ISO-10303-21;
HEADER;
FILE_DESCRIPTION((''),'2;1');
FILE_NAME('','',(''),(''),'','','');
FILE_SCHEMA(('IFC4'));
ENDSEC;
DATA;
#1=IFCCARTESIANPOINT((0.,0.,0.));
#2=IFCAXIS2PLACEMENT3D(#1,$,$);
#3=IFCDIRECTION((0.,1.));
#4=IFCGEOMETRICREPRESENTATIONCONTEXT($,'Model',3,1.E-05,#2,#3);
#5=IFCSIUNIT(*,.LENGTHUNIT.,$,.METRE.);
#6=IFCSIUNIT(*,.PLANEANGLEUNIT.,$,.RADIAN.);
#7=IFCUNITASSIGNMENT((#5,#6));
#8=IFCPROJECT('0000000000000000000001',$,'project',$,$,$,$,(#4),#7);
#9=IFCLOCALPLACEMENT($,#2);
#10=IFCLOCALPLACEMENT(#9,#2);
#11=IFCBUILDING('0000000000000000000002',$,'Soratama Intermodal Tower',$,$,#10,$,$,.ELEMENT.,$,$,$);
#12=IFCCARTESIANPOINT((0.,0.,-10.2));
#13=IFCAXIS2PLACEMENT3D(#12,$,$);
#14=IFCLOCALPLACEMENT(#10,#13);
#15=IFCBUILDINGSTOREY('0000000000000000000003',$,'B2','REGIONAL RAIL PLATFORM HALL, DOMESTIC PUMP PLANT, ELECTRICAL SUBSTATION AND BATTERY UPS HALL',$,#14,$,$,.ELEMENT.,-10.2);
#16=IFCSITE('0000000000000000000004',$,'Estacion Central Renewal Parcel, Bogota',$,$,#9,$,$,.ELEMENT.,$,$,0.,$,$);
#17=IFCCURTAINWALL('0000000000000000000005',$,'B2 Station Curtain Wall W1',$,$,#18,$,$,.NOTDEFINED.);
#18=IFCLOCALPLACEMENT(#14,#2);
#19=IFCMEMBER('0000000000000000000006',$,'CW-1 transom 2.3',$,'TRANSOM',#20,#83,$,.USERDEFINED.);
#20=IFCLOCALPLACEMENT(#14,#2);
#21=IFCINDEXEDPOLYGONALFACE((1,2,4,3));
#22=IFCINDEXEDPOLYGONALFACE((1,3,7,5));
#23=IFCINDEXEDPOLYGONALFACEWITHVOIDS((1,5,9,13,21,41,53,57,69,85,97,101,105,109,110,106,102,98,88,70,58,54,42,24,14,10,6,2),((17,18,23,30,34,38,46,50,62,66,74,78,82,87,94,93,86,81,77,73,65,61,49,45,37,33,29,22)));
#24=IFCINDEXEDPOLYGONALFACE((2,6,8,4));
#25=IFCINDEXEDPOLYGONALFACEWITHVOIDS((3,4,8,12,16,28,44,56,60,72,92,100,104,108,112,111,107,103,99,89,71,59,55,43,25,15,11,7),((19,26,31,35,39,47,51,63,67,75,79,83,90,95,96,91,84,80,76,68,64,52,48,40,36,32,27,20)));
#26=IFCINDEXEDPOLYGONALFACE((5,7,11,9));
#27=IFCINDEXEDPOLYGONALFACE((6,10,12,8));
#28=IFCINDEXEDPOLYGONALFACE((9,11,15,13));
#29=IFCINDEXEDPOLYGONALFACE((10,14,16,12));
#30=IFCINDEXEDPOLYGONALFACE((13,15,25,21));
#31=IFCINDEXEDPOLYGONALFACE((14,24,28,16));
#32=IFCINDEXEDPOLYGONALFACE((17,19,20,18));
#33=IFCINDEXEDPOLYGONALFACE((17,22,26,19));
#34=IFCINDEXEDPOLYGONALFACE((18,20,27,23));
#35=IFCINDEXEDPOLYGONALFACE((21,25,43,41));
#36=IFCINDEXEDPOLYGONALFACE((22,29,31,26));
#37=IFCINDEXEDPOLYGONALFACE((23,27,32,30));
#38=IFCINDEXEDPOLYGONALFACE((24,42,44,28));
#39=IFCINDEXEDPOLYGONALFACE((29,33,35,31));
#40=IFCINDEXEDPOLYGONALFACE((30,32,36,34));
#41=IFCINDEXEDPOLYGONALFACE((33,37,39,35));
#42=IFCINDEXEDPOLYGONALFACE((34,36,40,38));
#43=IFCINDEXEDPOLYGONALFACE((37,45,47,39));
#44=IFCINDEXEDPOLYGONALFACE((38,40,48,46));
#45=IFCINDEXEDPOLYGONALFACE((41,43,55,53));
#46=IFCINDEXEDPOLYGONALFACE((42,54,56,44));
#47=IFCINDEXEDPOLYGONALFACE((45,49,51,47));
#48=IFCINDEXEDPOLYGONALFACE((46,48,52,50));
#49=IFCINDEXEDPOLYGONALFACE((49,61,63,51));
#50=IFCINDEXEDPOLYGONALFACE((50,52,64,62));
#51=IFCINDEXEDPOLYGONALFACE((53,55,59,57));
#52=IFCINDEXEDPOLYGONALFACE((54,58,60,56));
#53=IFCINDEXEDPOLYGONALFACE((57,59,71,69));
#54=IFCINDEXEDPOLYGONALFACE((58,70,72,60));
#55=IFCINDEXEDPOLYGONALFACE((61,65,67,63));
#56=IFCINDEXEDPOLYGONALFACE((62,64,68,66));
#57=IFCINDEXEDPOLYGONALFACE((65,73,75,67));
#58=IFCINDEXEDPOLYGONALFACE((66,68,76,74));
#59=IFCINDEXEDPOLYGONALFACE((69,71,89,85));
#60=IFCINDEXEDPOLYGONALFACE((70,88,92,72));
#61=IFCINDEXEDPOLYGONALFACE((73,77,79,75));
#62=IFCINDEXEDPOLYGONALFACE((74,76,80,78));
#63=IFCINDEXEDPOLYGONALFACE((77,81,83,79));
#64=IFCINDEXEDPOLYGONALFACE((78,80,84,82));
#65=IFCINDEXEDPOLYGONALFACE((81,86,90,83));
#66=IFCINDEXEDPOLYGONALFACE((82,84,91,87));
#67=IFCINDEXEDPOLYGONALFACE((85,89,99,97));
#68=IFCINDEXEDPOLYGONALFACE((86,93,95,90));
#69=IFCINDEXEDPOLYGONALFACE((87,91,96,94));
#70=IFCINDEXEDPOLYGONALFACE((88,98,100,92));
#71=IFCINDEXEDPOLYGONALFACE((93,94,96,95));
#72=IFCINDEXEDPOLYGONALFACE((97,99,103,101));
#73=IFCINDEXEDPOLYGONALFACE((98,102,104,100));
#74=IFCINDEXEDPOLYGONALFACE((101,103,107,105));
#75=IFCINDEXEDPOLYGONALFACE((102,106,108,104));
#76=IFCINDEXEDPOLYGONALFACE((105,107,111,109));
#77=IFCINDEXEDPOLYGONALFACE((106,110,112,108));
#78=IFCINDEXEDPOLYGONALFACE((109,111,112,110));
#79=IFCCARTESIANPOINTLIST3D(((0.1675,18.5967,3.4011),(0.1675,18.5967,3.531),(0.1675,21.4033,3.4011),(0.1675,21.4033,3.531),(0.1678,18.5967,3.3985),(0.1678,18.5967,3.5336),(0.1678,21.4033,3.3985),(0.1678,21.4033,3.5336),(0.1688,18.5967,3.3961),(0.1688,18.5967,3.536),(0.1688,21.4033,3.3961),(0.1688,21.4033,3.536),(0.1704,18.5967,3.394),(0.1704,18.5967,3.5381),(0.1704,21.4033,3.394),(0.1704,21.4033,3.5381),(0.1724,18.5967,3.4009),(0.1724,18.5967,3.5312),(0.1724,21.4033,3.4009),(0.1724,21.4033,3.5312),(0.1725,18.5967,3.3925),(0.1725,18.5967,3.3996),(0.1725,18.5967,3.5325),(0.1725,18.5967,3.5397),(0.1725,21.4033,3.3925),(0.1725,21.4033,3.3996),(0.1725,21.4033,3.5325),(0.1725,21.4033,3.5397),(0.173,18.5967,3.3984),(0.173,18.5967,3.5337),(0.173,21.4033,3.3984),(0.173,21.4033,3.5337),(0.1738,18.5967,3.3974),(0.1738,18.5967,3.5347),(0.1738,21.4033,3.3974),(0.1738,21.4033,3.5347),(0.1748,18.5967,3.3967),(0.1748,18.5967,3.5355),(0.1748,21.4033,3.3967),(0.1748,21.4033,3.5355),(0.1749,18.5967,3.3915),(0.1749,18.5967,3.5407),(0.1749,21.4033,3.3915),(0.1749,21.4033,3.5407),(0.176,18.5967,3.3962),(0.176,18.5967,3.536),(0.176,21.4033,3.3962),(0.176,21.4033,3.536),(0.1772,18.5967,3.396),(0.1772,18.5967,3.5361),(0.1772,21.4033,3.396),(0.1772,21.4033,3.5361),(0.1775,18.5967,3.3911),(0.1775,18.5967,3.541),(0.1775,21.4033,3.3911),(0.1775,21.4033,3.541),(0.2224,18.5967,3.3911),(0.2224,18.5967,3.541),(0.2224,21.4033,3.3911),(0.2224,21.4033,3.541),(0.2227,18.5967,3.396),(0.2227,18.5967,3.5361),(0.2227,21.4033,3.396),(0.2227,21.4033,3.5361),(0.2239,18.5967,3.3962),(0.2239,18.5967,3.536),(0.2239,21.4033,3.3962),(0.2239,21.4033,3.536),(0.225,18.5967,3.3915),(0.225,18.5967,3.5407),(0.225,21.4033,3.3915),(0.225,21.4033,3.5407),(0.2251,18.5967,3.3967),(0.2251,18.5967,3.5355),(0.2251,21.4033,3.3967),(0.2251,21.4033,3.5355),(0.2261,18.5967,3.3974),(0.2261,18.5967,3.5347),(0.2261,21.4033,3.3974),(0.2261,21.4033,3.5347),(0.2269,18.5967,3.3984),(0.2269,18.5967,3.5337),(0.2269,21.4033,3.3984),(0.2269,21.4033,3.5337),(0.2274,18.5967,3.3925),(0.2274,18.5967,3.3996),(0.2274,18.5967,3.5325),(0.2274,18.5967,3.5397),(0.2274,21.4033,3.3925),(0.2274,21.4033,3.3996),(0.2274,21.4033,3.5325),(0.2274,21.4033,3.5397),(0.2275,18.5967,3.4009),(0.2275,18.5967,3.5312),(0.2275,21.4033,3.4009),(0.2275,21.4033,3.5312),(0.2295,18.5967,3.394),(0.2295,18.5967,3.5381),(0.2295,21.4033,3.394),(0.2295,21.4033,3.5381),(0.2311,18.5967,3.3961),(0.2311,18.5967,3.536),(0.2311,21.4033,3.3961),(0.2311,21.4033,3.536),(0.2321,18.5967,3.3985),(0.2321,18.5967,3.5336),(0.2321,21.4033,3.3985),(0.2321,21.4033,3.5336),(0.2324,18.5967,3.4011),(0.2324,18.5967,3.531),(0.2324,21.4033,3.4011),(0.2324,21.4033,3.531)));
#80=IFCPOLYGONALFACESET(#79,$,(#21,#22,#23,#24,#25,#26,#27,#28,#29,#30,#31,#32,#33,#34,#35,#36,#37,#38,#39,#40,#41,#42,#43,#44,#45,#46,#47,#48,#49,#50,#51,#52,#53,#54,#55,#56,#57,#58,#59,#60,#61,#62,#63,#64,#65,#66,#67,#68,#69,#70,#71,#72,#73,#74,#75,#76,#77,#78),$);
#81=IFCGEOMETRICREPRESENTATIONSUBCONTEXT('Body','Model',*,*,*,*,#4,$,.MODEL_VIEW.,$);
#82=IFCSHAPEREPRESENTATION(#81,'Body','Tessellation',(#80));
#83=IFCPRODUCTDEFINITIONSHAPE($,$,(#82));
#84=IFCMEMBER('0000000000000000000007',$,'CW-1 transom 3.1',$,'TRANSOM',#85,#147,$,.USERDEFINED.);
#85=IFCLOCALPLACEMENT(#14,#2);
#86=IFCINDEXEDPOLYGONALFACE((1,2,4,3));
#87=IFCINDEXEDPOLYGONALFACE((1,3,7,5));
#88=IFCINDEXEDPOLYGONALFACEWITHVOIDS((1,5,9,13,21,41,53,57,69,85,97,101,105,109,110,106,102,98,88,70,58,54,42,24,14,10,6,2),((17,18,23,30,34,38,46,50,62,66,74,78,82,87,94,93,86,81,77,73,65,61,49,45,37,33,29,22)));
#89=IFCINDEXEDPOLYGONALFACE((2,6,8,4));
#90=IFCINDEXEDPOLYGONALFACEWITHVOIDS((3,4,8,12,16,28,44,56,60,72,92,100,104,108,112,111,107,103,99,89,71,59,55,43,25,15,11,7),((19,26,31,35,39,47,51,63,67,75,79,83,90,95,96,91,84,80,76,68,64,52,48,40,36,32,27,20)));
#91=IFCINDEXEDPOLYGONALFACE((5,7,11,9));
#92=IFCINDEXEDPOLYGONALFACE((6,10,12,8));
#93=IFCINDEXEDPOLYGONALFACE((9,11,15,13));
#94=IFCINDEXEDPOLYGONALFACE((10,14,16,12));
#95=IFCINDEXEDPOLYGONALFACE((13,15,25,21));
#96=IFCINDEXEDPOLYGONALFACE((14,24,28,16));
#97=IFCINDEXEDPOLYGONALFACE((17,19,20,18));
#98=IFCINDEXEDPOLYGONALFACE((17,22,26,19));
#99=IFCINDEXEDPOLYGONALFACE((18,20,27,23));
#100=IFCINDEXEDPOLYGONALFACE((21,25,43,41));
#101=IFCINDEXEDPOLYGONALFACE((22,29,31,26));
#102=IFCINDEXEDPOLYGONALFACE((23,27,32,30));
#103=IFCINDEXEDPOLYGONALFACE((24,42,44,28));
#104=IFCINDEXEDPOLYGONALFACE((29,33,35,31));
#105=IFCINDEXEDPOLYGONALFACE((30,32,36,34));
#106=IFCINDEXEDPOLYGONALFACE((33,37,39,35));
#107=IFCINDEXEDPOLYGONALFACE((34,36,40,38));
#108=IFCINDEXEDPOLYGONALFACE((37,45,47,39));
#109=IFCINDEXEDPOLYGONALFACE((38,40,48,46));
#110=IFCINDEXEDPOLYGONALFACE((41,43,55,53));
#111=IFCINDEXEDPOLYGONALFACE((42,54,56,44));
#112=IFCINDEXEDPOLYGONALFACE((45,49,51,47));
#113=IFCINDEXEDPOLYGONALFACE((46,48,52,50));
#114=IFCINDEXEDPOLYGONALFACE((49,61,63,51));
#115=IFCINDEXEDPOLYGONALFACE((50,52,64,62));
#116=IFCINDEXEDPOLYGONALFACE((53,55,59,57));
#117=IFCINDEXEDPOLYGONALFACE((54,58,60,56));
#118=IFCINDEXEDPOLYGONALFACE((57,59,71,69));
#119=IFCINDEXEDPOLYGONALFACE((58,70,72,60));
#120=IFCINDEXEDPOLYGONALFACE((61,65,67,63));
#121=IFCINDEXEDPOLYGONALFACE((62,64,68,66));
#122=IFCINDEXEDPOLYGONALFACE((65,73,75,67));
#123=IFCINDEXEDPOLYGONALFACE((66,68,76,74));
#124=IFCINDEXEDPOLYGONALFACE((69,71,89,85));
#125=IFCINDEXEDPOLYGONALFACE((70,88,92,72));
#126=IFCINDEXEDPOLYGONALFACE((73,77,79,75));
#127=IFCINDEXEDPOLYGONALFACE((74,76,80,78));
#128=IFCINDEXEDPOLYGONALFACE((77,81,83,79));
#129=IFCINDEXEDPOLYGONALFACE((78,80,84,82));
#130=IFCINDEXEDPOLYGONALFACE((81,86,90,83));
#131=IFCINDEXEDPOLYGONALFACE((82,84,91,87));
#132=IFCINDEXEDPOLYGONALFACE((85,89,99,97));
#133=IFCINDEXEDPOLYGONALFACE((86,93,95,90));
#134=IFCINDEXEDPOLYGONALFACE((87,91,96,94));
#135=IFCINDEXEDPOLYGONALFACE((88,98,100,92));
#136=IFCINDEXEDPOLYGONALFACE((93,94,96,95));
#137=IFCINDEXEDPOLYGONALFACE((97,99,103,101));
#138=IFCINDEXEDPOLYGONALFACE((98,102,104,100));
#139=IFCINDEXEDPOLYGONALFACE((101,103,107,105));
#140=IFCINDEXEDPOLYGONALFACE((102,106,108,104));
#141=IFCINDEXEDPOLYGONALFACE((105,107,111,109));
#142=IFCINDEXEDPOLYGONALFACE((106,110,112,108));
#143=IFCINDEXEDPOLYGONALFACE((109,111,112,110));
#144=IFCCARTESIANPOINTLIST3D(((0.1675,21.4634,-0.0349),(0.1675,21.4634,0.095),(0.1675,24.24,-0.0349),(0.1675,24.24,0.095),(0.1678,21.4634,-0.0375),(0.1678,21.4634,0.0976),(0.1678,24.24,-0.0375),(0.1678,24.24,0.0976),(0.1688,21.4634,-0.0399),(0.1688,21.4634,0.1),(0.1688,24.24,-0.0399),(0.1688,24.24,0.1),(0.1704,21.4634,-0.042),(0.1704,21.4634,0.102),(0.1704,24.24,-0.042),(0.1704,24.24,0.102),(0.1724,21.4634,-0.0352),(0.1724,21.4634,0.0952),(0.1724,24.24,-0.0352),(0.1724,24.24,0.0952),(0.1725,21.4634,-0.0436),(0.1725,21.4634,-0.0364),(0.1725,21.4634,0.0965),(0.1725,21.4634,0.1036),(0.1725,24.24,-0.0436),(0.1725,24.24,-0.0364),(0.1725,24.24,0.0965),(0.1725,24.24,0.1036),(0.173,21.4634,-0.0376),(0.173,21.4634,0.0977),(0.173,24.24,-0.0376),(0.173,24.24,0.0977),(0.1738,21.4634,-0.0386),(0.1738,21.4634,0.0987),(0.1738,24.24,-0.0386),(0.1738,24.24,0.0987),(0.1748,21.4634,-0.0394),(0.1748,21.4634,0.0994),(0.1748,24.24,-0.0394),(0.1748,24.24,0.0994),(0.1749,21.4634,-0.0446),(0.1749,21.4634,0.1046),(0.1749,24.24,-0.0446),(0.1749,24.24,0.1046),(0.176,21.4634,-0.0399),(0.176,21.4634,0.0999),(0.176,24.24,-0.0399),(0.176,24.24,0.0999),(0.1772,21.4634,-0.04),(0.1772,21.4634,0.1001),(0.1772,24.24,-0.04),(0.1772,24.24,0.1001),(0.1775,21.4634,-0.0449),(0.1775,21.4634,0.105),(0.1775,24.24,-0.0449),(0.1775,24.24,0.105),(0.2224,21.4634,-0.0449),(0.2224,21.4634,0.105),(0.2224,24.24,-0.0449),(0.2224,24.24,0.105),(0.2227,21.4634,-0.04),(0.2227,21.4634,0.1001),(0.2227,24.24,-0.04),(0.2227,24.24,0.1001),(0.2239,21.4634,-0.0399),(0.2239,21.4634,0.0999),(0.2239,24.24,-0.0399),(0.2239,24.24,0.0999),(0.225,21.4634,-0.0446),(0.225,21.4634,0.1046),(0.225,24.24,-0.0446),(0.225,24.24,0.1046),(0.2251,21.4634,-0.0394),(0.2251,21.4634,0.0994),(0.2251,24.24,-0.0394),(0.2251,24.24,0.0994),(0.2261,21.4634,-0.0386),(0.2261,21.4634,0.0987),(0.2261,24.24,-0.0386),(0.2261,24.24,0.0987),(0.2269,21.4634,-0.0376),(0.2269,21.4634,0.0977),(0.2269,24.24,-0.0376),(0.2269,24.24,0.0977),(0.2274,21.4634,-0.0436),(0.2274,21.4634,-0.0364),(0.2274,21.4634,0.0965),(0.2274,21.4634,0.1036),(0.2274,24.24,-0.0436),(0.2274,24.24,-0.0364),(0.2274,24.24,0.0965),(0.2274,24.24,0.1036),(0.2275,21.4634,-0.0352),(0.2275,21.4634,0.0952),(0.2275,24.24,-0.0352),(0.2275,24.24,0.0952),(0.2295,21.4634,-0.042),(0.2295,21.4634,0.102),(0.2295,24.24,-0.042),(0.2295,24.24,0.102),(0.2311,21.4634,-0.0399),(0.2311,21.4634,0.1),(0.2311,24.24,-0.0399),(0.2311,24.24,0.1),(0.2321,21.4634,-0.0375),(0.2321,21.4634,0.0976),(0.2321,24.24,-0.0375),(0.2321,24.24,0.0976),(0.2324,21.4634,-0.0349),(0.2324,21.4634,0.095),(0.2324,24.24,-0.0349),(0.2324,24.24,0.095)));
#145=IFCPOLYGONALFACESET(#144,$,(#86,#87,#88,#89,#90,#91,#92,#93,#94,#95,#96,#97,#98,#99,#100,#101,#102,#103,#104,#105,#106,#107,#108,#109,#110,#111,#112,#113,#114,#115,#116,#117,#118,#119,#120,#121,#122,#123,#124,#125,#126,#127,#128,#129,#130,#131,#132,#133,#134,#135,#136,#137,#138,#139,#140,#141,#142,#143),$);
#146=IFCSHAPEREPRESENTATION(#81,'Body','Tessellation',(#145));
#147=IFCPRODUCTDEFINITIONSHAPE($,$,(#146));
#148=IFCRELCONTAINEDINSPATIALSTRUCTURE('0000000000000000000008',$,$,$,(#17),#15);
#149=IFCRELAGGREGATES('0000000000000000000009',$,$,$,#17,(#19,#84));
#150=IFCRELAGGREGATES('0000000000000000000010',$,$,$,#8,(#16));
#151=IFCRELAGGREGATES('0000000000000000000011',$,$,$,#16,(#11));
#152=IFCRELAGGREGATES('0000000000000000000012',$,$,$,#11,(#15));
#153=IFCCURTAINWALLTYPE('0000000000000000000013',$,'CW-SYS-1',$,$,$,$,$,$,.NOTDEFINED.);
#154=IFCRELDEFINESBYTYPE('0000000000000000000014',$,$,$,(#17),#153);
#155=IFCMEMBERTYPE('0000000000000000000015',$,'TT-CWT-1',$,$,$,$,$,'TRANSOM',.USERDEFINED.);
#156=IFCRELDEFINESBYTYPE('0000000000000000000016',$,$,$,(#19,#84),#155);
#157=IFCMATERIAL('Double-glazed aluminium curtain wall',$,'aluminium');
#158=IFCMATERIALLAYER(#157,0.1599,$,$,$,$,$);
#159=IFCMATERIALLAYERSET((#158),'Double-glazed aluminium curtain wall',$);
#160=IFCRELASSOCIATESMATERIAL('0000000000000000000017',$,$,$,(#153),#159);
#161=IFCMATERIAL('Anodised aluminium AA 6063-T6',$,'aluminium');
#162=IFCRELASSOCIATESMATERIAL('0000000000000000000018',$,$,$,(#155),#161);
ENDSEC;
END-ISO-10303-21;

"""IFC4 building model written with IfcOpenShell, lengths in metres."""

from ifc_helpers import new_model, si_unit, direction, frame, origin, origin_2d, place, context, subcontext, project, spatial, hollow_rectangle, extrude, material, layer, layer_set, material_profile, profile_set, type_object, element, aggregate, save


model = new_model("IFC4")

# Units and contexts
model_context = context("Model", 3, precision=1e-05, world=origin(), true_north=direction((0.0, 1.0)))
body_context = subcontext(model_context, "Body", "Model", "MODEL_VIEW")
ifc_project = project(units=[si_unit("LENGTHUNIT", "METRE"), si_unit("PLANEANGLEUNIT", "RADIAN")], contexts=[model_context])

# Site, building, storey
site_placement = place(None, origin())
site = spatial("IfcSite", under=ifc_project, at=site_placement, Name="Estacion Central Renewal Parcel, Bogota", CompositionType="ELEMENT", RefElevation=0.0)
building_placement = place(site_placement, origin())
building = spatial("IfcBuilding", under=site, at=building_placement, Name="Soratama Intermodal Tower", CompositionType="ELEMENT")
storey_placement = place(building_placement, frame((0.0, 0.0, -10.2)))
storey = spatial("IfcBuildingStorey", under=building, at=storey_placement, Name="B2", Description="REGIONAL RAIL PLATFORM HALL, DOMESTIC PUMP PLANT, ELECTRICAL SUBSTATION AND BATTERY UPS HALL", CompositionType="ELEMENT", Elevation=-10.2)

# Curtain wall, members
ifc_material_1 = material(Name="Double-glazed aluminium curtain wall", Category="aluminium")
ifc_layer_1 = layer(ifc_material_1, 0.1599)
ifc_layer_set_1 = layer_set([ifc_layer_1], Name="Double-glazed aluminium curtain wall")
curtain_wall_type = type_object("IfcCurtainWallType", Name="CW-SYS-1", PredefinedType="NOTDEFINED", material=ifc_layer_set_1)
curtain_wall_placement = place(storey_placement, origin())
curtain_wall = element("IfcCurtainWall", 1, at=curtain_wall_placement, inside=storey, type_object=curtain_wall_type, Name="B2 Station Curtain Wall W1", PredefinedType="NOTDEFINED")
ifc_material_2 = material(Name="Anodised aluminium AA 6063-T6", Category="aluminium")
ifc_material_profile_1 = material_profile(ifc_material_2, hollow_rectangle(XDim=0.0649, YDim=0.1499, WallThickness=0.0049, InnerFilletRadius=0.0049, OuterFilletRadius=0.01, at=origin_2d()), Name="CWT150X65X5")
ifc_profile_set_1 = profile_set([ifc_material_profile_1], Name="Anodised aluminium AA 6063-T6")
member_type_1 = type_object("IfcMemberType", Name="TT-CWT-1", ElementType="TRANSOM", PredefinedType="USERDEFINED", material=ifc_profile_set_1)
member_1_placement = place(storey_placement, frame((0.2, 18.5967, 3.4661), z_axis=(0.0, 1.0, 0.0), x_axis=(-1.0, 0.0, 0.0)))
member_1 = element("IfcMember", 2, at=member_1_placement, type_object=member_type_1, Name="CW-1 transom 2.3", ObjectType="TRANSOM", PredefinedType="USERDEFINED", context=body_context, shape_type="SweptSolid", body=[
    extrude(hollow_rectangle(XDim=0.0649, YDim=0.1499, WallThickness=0.0049, InnerFilletRadius=0.0049, OuterFilletRadius=0.01, at=origin_2d()), origin(), (0.0, 0.0, 1.0), 2.8066),
])
member_2_placement = place(storey_placement, frame((0.2, 21.4634, 0.03), z_axis=(0.0, 1.0, 0.0), x_axis=(-1.0, 0.0, 0.0)))
member_2 = element("IfcMember", 3, at=member_2_placement, type_object=member_type_1, Name="CW-1 transom 3.1", ObjectType="TRANSOM", PredefinedType="USERDEFINED", context=body_context, shape_type="SweptSolid", body=[
    extrude(hollow_rectangle(XDim=0.0649, YDim=0.1499, WallThickness=0.0049, InnerFilletRadius=0.0049, OuterFilletRadius=0.01, at=origin_2d()), origin(), (0.0, 0.0, 1.0), 2.7766),
])
aggregate(curtain_wall, [member_1, member_2])

save(model, "model.ifc")
